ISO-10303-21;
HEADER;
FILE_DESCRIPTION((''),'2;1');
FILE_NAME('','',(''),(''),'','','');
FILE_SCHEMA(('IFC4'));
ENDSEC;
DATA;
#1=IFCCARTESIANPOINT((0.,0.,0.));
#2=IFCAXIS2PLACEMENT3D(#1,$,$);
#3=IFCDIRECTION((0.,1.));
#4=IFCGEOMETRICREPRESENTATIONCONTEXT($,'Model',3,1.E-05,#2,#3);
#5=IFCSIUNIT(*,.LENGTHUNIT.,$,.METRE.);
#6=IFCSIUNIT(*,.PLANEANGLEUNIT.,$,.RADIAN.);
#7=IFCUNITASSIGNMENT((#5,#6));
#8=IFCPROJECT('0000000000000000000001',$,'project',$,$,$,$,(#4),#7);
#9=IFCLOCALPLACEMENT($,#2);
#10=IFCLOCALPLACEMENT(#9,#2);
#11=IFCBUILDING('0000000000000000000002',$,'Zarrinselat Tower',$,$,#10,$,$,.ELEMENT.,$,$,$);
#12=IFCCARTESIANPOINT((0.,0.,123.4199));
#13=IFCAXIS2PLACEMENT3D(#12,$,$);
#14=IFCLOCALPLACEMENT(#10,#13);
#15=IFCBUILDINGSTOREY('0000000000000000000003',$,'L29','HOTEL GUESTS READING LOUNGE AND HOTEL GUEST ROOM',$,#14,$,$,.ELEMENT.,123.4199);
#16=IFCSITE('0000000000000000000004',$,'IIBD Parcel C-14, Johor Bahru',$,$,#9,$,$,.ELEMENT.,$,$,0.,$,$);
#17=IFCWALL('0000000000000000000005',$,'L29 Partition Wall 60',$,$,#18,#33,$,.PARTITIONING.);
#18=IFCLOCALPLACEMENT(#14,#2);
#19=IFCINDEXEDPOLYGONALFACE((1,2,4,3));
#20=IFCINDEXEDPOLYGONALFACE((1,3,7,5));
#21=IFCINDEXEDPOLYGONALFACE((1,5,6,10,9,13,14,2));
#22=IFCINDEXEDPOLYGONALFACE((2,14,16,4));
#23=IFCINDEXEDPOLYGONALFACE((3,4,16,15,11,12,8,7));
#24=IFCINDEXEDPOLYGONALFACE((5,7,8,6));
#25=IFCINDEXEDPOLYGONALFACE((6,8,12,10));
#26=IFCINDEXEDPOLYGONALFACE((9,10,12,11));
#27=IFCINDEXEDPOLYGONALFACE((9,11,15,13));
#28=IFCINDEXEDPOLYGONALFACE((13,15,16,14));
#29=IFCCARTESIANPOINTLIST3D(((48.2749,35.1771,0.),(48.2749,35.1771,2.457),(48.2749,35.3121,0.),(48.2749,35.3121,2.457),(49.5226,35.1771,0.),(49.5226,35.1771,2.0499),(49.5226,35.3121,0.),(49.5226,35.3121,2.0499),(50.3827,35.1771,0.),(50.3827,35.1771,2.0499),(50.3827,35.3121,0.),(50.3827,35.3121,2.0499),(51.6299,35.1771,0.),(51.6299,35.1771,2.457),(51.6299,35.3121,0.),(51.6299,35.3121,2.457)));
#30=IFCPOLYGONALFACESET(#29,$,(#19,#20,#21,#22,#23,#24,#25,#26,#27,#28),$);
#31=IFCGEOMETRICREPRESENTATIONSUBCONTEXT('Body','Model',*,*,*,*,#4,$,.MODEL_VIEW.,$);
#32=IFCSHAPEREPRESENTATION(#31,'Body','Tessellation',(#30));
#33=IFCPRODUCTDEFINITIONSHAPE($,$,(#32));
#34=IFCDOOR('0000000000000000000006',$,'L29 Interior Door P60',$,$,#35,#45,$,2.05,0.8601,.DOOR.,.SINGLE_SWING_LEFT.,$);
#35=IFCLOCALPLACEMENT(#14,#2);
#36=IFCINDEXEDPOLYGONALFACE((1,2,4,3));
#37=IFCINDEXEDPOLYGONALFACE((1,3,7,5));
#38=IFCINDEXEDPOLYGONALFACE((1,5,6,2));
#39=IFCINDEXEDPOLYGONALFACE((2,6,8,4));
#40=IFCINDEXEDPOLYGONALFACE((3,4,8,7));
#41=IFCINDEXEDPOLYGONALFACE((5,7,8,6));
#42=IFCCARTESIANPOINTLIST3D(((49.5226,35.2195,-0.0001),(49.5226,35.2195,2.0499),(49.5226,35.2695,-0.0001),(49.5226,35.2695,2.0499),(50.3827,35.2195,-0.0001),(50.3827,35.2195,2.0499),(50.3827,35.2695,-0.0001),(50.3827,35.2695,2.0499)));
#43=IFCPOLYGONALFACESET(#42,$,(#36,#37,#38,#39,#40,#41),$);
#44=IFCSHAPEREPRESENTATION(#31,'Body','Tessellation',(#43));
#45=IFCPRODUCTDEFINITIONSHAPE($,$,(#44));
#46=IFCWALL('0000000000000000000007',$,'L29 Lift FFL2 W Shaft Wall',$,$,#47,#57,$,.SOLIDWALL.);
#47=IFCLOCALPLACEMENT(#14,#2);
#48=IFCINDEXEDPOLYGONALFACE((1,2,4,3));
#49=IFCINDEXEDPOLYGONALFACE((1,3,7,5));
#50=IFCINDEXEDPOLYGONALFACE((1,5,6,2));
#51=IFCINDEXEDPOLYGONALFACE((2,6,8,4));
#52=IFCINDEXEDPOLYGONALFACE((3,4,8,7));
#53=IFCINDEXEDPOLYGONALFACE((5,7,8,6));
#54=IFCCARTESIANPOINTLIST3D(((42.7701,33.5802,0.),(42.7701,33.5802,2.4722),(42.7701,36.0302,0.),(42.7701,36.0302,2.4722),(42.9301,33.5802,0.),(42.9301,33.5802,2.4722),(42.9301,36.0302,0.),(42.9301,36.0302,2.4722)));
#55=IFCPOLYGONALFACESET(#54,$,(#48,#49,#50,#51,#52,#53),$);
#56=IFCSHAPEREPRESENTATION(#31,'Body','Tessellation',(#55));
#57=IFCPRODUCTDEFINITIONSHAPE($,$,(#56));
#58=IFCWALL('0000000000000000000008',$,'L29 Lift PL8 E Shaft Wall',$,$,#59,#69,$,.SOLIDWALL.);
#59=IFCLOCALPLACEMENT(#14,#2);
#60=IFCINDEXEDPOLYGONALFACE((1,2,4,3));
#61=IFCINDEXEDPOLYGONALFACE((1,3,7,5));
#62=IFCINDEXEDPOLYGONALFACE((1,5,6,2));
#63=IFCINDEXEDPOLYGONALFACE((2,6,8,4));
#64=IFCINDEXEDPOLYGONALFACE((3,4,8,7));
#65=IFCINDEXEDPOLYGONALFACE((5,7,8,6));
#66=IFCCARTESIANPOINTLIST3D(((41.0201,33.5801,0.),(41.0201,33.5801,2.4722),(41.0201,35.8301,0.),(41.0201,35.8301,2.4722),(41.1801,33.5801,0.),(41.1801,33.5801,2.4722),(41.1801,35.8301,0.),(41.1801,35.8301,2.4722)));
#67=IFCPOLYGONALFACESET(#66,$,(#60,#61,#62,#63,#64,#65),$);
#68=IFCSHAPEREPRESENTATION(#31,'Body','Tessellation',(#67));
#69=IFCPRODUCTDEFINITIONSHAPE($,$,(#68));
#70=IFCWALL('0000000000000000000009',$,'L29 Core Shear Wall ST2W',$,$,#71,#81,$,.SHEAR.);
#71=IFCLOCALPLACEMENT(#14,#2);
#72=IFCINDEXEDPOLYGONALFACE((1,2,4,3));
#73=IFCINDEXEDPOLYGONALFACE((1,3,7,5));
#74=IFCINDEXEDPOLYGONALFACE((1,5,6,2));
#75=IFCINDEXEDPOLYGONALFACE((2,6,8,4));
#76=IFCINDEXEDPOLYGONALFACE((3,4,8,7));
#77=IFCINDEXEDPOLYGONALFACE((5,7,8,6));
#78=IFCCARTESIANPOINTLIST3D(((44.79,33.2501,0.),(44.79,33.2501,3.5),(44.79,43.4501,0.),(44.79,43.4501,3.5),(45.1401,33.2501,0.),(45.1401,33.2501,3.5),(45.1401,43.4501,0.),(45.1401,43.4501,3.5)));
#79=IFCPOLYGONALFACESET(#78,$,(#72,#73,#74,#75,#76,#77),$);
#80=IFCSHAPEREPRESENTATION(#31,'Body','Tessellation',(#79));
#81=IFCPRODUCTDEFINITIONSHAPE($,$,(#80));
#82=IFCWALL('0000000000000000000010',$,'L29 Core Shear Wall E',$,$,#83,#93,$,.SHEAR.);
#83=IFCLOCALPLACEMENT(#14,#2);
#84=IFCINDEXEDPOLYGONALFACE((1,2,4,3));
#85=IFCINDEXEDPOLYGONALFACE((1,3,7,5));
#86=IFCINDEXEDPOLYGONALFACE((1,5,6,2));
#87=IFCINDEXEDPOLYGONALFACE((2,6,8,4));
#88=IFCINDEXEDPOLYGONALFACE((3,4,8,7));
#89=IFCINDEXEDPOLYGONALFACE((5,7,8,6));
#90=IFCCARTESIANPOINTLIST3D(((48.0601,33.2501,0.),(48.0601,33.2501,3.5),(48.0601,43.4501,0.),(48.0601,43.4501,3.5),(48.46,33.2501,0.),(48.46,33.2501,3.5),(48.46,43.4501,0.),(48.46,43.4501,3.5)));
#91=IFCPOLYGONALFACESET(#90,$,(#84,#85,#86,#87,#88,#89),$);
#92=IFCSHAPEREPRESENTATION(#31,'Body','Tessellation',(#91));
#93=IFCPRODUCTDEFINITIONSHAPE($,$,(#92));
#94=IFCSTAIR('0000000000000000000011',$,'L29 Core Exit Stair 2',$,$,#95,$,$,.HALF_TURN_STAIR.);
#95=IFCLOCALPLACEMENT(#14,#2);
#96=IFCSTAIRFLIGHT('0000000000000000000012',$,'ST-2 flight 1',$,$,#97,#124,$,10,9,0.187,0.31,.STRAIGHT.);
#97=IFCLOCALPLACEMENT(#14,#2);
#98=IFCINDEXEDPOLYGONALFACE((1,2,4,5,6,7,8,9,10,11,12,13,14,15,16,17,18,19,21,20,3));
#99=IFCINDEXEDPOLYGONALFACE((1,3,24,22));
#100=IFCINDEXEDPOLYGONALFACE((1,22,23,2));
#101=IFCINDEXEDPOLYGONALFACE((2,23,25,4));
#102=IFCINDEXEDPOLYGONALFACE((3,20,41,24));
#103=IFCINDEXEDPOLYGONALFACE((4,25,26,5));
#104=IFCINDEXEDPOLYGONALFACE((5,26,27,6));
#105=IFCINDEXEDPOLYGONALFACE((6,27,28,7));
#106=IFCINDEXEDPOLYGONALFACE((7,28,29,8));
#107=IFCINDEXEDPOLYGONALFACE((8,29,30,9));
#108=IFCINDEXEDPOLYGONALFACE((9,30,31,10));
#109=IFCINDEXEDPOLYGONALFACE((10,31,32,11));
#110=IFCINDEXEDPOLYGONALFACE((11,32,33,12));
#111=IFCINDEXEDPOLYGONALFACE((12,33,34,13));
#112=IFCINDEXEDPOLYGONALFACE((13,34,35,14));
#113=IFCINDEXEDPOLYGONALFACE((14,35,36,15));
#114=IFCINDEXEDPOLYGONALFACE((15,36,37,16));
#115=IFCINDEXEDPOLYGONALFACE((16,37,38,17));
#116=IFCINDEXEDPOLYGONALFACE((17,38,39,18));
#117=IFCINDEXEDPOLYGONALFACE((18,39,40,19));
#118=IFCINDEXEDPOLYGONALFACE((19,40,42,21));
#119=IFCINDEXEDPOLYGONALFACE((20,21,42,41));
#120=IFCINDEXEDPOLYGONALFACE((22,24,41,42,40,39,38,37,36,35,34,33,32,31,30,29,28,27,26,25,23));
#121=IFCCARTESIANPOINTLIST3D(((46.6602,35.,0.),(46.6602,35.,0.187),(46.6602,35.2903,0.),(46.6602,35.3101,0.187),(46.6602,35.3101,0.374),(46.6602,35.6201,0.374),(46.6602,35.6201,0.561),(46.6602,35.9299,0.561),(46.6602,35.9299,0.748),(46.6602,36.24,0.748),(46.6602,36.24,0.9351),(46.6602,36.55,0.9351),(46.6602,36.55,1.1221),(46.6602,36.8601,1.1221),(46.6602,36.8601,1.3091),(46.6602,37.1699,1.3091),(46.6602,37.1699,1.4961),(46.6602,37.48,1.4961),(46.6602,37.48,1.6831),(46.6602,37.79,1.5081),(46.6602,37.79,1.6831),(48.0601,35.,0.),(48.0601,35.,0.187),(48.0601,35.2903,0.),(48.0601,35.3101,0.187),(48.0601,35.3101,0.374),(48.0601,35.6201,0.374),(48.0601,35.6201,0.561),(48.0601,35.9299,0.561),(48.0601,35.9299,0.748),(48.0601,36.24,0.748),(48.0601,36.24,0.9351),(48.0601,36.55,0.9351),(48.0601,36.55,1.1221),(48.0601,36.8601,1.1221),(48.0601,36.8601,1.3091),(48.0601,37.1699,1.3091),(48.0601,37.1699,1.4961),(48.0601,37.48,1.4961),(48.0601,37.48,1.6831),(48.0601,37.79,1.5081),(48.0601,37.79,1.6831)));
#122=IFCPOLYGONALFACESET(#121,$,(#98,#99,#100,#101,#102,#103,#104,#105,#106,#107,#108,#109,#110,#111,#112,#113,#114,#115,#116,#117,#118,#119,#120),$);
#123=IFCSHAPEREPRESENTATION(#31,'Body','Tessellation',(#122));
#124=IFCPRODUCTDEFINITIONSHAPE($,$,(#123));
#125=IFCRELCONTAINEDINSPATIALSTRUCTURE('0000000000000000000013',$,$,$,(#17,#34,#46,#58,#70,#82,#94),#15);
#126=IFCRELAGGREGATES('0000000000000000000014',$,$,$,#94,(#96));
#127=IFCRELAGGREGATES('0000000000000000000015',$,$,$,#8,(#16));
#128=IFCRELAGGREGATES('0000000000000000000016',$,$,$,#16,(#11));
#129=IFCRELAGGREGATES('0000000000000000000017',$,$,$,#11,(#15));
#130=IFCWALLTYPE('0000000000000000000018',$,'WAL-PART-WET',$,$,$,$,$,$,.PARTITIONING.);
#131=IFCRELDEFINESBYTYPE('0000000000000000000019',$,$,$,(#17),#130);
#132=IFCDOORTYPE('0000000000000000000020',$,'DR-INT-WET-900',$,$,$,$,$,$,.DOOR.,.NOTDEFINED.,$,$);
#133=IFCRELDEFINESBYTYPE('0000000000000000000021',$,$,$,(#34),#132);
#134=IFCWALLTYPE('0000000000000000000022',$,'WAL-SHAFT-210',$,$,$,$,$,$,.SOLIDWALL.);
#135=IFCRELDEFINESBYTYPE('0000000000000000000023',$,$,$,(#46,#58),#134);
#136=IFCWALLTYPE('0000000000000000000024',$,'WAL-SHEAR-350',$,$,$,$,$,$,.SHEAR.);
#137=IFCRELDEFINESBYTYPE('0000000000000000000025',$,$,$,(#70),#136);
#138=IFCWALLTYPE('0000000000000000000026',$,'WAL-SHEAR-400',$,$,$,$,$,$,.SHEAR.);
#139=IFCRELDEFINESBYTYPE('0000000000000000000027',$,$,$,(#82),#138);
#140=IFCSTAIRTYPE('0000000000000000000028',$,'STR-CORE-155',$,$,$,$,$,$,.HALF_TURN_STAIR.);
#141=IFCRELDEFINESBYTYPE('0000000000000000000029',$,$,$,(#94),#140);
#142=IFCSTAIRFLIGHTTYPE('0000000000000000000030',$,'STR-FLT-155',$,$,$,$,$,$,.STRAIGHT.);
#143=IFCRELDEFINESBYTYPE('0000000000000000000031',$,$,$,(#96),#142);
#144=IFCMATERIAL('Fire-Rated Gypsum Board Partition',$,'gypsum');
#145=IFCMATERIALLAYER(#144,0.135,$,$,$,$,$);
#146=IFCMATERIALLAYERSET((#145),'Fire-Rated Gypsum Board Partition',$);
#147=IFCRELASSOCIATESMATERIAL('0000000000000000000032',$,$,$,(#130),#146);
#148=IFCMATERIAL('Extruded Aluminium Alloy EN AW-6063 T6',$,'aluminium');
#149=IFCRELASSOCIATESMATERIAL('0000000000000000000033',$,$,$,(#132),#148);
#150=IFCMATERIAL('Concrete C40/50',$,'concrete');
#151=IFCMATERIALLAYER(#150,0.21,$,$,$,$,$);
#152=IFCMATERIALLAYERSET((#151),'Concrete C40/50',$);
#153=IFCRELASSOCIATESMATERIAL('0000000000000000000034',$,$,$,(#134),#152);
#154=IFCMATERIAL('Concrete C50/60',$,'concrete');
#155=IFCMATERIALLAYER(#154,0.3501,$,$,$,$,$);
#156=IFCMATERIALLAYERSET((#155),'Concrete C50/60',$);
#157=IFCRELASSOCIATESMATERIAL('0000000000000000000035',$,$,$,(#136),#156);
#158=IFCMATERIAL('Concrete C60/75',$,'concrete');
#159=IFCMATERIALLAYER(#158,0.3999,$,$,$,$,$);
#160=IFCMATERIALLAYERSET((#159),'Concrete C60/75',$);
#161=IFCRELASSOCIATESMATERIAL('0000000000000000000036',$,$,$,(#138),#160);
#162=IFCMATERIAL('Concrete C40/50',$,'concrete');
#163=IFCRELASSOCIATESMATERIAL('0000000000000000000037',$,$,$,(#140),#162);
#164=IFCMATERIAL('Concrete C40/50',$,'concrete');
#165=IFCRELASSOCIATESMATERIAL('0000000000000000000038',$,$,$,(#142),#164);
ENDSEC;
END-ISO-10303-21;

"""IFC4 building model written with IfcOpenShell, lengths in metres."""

from ifc_helpers import new_model, si_unit, direction, frame, frame_2d, origin, place, context, subcontext, project, spatial, polyline, rectangle, outline, extrude, material, layer, layer_set, type_object, element, fill, aggregate, save


model = new_model("IFC4")

# Units and contexts
model_context = context("Model", 3, precision=1e-05, world=origin(), true_north=direction((0.0, 1.0)))
body_context = subcontext(model_context, "Body", "Model", "MODEL_VIEW")
ifc_project = project(units=[si_unit("LENGTHUNIT", "METRE"), si_unit("PLANEANGLEUNIT", "RADIAN")], contexts=[model_context])

# Site, building, storey
site_placement = place(None, origin())
site = spatial("IfcSite", under=ifc_project, at=site_placement, Name="IIBD Parcel C-14, Johor Bahru", CompositionType="ELEMENT", RefElevation=0.0)
building_placement = place(site_placement, origin())
building = spatial("IfcBuilding", under=site, at=building_placement, Name="Zarrinselat Tower", CompositionType="ELEMENT")
storey_placement = place(building_placement, frame((0.0, 0.0, 123.4199)))
storey = spatial("IfcBuildingStorey", under=building, at=storey_placement, Name="L29", Description="HOTEL GUESTS READING LOUNGE AND HOTEL GUEST ROOM", CompositionType="ELEMENT", Elevation=123.4199)

# Wall, opening, door
ifc_material_1 = material(Name="Fire-Rated Gypsum Board Partition", Category="gypsum")
ifc_layer_1 = layer(ifc_material_1, 0.135)
ifc_layer_set_1 = layer_set([ifc_layer_1], Name="Fire-Rated Gypsum Board Partition")
wall_type_1 = type_object("IfcWallType", Name="WAL-PART-WET", PredefinedType="PARTITIONING", material=ifc_layer_set_1)
wall_1_placement = place(storey_placement, frame((48.2749, 35.2446, 0.0), z_axis=(0.0, 0.0, 1.0), x_axis=(1.0, 0.0, 0.0)))
wall_1 = element("IfcWall", 1, at=wall_1_placement, inside=storey, type_object=wall_type_1, Name="L29 Partition Wall 60", PredefinedType="PARTITIONING", context=body_context, shape_type="SweptSolid", body=[
    extrude(rectangle(XDim=3.355, YDim=0.135, at=frame_2d((1.6775, 0.0))), origin(), (0.0, 0.0, 1.0), 2.457),
])
opening_1_placement = place(wall_1_placement, frame((1.2476, 0.0, 0.0)))
opening_1 = element("IfcOpeningElement", 2, at=opening_1_placement, cuts=wall_1, PredefinedType="OPENING", context=body_context, shape_type="SweptSolid", body=[
    extrude(rectangle(XDim=0.8601, YDim=2.05, at=frame_2d((0.4302, 1.0249))), frame((0.0, 0.0774, 0.0), z_axis=(0.0, -1.0, 0.0), x_axis=(1.0, 0.0, 0.0)), (0.0, 0.0, 1.0), 0.155),
])
ifc_material_2 = material(Name="Extruded Aluminium Alloy EN AW-6063 T6", Category="aluminium")
door_type_1 = type_object("IfcDoorType", Name="DR-INT-WET-900", OperationType="NOTDEFINED", PredefinedType="DOOR", material=ifc_material_2)
door_1_placement = place(opening_1_placement, origin())
door_1 = element("IfcDoor", 3, at=door_1_placement, inside=storey, type_object=door_type_1, Name="L29 Interior Door P60", OperationType="SINGLE_SWING_LEFT", OverallHeight=2.05, OverallWidth=0.8601, PredefinedType="DOOR", context=body_context, shape_type="SweptSolid", body=[
    extrude(rectangle(XDim=0.8601, YDim=2.05, at=frame_2d((0.4302, 1.0249))), frame((0.0, 0.0249, 0.0), z_axis=(0.0, -1.0, 0.0), x_axis=(1.0, 0.0, 0.0)), (0.0, 0.0, 1.0), 0.05),
])
fill(opening_1, door_1)

# Walls
ifc_material_3 = material(Name="Concrete C40/50", Category="concrete")
ifc_layer_2 = layer(ifc_material_3, 0.21)
ifc_layer_set_2 = layer_set([ifc_layer_2], Name="Concrete C40/50")
wall_type_2 = type_object("IfcWallType", Name="WAL-SHAFT-210", PredefinedType="SOLIDWALL", material=ifc_layer_set_2)
wall_2_placement = place(storey_placement, frame((42.8501, 33.5801, 0.0), z_axis=(0.0, 0.0, 1.0), x_axis=(0.0, 1.0, 0.0)))
element("IfcWall", 4, at=wall_2_placement, inside=storey, type_object=wall_type_2, Name="L29 Lift FFL2 W Shaft Wall", PredefinedType="SOLIDWALL", context=body_context, shape_type="SweptSolid", body=[
    extrude(rectangle(XDim=2.45, YDim=0.1599, at=frame_2d((1.2251, 0.0))), origin(), (0.0, 0.0, 1.0), 2.4722),
])
wall_3_placement = place(storey_placement, frame((41.1001, 33.5801, 0.0), z_axis=(0.0, 0.0, 1.0), x_axis=(0.0, 1.0, 0.0)))
element("IfcWall", 5, at=wall_3_placement, inside=storey, type_object=wall_type_2, Name="L29 Lift PL8 E Shaft Wall", PredefinedType="SOLIDWALL", context=body_context, shape_type="SweptSolid", body=[
    extrude(rectangle(XDim=2.25, YDim=0.1599, at=frame_2d((1.125, 0.0))), origin(), (0.0, 0.0, 1.0), 2.4722),
])
ifc_material_4 = material(Name="Concrete C50/60", Category="concrete")
ifc_layer_3 = layer(ifc_material_4, 0.3501)
ifc_layer_set_3 = layer_set([ifc_layer_3], Name="Concrete C50/60")
wall_type_3 = type_object("IfcWallType", Name="WAL-SHEAR-350", PredefinedType="SHEAR", material=ifc_layer_set_3)
wall_4_placement = place(storey_placement, frame((44.9651, 33.25, 0.0), z_axis=(0.0, 0.0, 1.0), x_axis=(0.0, 1.0, 0.0)))
element("IfcWall", 6, at=wall_4_placement, inside=storey, type_object=wall_type_3, Name="L29 Core Shear Wall ST2W", PredefinedType="SHEAR", context=body_context, shape_type="SweptSolid", body=[
    extrude(rectangle(XDim=10.2, YDim=0.3501, at=frame_2d((5.1001, 0.0))), origin(), (0.0, 0.0, 1.0), 3.5),
])
ifc_material_5 = material(Name="Concrete C60/75", Category="concrete")
ifc_layer_4 = layer(ifc_material_5, 0.3999)
ifc_layer_set_4 = layer_set([ifc_layer_4], Name="Concrete C60/75")
wall_type_4 = type_object("IfcWallType", Name="WAL-SHEAR-400", PredefinedType="SHEAR", material=ifc_layer_set_4)
wall_5_placement = place(storey_placement, frame((48.26, 33.25, 0.0), z_axis=(0.0, 0.0, 1.0), x_axis=(0.0, 1.0, 0.0)))
element("IfcWall", 7, at=wall_5_placement, inside=storey, type_object=wall_type_4, Name="L29 Core Shear Wall E", PredefinedType="SHEAR", context=body_context, shape_type="SweptSolid", body=[
    extrude(rectangle(XDim=10.2, YDim=0.3999, at=frame_2d((5.1001, 0.0))), origin(), (0.0, 0.0, 1.0), 3.5),
])

# Stair, stair flight
ifc_material_6 = material(Name="Concrete C40/50", Category="concrete")
stair_type = type_object("IfcStairType", Name="STR-CORE-155", PredefinedType="HALF_TURN_STAIR", material=ifc_material_6)
stair_placement = place(storey_placement, origin())
stair = element("IfcStair", 8, at=stair_placement, inside=storey, type_object=stair_type, Name="L29 Core Exit Stair 2", PredefinedType="HALF_TURN_STAIR")
ifc_material_7 = material(Name="Concrete C40/50", Category="concrete")
stair_flight_type = type_object("IfcStairFlightType", Name="STR-FLT-155", PredefinedType="STRAIGHT", material=ifc_material_7)
stair_flight_placement = place(storey_placement, frame((47.3601, 35.0, 0.0), z_axis=(0.0, 0.0, 1.0), x_axis=(0.0, 1.0, 0.0)))
stair_flight = element("IfcStairFlight", 9, at=stair_flight_placement, type_object=stair_flight_type, Name="ST-2 flight 1", NumberOfRisers=10, NumberOfTreads=9, PredefinedType="STRAIGHT", RiserHeight=0.187, TreadLength=0.31, context=body_context, shape_type="SweptSolid", body=[
    extrude(outline(polyline([(0.0, 0.0), (0.0, 0.187), (0.3101, 0.187), (0.3101, 0.374), (0.6201, 0.374), (0.6201, 0.561), (0.9299, 0.561), (0.9299, 0.748), (1.24, 0.748), (1.24, 0.9351), (1.55, 0.9351), (1.55, 1.1221), (1.8601, 1.1221), (1.8601, 1.3091), (2.1699, 1.3091), (2.1699, 1.4961), (2.48, 1.4961), (2.48, 1.6831), (2.79, 1.6831), (2.79, 1.8701), (2.79, 1.5081), (0.2903, 0.0), (0.0, 0.0)])), frame((0.0, 0.7, 0.0), z_axis=(0.0, -1.0, 0.0), x_axis=(1.0, 0.0, 0.0)), (0.0, 0.0, 1.0), 1.3999),
])
aggregate(stair, [stair_flight])

save(model, "model.ifc")
